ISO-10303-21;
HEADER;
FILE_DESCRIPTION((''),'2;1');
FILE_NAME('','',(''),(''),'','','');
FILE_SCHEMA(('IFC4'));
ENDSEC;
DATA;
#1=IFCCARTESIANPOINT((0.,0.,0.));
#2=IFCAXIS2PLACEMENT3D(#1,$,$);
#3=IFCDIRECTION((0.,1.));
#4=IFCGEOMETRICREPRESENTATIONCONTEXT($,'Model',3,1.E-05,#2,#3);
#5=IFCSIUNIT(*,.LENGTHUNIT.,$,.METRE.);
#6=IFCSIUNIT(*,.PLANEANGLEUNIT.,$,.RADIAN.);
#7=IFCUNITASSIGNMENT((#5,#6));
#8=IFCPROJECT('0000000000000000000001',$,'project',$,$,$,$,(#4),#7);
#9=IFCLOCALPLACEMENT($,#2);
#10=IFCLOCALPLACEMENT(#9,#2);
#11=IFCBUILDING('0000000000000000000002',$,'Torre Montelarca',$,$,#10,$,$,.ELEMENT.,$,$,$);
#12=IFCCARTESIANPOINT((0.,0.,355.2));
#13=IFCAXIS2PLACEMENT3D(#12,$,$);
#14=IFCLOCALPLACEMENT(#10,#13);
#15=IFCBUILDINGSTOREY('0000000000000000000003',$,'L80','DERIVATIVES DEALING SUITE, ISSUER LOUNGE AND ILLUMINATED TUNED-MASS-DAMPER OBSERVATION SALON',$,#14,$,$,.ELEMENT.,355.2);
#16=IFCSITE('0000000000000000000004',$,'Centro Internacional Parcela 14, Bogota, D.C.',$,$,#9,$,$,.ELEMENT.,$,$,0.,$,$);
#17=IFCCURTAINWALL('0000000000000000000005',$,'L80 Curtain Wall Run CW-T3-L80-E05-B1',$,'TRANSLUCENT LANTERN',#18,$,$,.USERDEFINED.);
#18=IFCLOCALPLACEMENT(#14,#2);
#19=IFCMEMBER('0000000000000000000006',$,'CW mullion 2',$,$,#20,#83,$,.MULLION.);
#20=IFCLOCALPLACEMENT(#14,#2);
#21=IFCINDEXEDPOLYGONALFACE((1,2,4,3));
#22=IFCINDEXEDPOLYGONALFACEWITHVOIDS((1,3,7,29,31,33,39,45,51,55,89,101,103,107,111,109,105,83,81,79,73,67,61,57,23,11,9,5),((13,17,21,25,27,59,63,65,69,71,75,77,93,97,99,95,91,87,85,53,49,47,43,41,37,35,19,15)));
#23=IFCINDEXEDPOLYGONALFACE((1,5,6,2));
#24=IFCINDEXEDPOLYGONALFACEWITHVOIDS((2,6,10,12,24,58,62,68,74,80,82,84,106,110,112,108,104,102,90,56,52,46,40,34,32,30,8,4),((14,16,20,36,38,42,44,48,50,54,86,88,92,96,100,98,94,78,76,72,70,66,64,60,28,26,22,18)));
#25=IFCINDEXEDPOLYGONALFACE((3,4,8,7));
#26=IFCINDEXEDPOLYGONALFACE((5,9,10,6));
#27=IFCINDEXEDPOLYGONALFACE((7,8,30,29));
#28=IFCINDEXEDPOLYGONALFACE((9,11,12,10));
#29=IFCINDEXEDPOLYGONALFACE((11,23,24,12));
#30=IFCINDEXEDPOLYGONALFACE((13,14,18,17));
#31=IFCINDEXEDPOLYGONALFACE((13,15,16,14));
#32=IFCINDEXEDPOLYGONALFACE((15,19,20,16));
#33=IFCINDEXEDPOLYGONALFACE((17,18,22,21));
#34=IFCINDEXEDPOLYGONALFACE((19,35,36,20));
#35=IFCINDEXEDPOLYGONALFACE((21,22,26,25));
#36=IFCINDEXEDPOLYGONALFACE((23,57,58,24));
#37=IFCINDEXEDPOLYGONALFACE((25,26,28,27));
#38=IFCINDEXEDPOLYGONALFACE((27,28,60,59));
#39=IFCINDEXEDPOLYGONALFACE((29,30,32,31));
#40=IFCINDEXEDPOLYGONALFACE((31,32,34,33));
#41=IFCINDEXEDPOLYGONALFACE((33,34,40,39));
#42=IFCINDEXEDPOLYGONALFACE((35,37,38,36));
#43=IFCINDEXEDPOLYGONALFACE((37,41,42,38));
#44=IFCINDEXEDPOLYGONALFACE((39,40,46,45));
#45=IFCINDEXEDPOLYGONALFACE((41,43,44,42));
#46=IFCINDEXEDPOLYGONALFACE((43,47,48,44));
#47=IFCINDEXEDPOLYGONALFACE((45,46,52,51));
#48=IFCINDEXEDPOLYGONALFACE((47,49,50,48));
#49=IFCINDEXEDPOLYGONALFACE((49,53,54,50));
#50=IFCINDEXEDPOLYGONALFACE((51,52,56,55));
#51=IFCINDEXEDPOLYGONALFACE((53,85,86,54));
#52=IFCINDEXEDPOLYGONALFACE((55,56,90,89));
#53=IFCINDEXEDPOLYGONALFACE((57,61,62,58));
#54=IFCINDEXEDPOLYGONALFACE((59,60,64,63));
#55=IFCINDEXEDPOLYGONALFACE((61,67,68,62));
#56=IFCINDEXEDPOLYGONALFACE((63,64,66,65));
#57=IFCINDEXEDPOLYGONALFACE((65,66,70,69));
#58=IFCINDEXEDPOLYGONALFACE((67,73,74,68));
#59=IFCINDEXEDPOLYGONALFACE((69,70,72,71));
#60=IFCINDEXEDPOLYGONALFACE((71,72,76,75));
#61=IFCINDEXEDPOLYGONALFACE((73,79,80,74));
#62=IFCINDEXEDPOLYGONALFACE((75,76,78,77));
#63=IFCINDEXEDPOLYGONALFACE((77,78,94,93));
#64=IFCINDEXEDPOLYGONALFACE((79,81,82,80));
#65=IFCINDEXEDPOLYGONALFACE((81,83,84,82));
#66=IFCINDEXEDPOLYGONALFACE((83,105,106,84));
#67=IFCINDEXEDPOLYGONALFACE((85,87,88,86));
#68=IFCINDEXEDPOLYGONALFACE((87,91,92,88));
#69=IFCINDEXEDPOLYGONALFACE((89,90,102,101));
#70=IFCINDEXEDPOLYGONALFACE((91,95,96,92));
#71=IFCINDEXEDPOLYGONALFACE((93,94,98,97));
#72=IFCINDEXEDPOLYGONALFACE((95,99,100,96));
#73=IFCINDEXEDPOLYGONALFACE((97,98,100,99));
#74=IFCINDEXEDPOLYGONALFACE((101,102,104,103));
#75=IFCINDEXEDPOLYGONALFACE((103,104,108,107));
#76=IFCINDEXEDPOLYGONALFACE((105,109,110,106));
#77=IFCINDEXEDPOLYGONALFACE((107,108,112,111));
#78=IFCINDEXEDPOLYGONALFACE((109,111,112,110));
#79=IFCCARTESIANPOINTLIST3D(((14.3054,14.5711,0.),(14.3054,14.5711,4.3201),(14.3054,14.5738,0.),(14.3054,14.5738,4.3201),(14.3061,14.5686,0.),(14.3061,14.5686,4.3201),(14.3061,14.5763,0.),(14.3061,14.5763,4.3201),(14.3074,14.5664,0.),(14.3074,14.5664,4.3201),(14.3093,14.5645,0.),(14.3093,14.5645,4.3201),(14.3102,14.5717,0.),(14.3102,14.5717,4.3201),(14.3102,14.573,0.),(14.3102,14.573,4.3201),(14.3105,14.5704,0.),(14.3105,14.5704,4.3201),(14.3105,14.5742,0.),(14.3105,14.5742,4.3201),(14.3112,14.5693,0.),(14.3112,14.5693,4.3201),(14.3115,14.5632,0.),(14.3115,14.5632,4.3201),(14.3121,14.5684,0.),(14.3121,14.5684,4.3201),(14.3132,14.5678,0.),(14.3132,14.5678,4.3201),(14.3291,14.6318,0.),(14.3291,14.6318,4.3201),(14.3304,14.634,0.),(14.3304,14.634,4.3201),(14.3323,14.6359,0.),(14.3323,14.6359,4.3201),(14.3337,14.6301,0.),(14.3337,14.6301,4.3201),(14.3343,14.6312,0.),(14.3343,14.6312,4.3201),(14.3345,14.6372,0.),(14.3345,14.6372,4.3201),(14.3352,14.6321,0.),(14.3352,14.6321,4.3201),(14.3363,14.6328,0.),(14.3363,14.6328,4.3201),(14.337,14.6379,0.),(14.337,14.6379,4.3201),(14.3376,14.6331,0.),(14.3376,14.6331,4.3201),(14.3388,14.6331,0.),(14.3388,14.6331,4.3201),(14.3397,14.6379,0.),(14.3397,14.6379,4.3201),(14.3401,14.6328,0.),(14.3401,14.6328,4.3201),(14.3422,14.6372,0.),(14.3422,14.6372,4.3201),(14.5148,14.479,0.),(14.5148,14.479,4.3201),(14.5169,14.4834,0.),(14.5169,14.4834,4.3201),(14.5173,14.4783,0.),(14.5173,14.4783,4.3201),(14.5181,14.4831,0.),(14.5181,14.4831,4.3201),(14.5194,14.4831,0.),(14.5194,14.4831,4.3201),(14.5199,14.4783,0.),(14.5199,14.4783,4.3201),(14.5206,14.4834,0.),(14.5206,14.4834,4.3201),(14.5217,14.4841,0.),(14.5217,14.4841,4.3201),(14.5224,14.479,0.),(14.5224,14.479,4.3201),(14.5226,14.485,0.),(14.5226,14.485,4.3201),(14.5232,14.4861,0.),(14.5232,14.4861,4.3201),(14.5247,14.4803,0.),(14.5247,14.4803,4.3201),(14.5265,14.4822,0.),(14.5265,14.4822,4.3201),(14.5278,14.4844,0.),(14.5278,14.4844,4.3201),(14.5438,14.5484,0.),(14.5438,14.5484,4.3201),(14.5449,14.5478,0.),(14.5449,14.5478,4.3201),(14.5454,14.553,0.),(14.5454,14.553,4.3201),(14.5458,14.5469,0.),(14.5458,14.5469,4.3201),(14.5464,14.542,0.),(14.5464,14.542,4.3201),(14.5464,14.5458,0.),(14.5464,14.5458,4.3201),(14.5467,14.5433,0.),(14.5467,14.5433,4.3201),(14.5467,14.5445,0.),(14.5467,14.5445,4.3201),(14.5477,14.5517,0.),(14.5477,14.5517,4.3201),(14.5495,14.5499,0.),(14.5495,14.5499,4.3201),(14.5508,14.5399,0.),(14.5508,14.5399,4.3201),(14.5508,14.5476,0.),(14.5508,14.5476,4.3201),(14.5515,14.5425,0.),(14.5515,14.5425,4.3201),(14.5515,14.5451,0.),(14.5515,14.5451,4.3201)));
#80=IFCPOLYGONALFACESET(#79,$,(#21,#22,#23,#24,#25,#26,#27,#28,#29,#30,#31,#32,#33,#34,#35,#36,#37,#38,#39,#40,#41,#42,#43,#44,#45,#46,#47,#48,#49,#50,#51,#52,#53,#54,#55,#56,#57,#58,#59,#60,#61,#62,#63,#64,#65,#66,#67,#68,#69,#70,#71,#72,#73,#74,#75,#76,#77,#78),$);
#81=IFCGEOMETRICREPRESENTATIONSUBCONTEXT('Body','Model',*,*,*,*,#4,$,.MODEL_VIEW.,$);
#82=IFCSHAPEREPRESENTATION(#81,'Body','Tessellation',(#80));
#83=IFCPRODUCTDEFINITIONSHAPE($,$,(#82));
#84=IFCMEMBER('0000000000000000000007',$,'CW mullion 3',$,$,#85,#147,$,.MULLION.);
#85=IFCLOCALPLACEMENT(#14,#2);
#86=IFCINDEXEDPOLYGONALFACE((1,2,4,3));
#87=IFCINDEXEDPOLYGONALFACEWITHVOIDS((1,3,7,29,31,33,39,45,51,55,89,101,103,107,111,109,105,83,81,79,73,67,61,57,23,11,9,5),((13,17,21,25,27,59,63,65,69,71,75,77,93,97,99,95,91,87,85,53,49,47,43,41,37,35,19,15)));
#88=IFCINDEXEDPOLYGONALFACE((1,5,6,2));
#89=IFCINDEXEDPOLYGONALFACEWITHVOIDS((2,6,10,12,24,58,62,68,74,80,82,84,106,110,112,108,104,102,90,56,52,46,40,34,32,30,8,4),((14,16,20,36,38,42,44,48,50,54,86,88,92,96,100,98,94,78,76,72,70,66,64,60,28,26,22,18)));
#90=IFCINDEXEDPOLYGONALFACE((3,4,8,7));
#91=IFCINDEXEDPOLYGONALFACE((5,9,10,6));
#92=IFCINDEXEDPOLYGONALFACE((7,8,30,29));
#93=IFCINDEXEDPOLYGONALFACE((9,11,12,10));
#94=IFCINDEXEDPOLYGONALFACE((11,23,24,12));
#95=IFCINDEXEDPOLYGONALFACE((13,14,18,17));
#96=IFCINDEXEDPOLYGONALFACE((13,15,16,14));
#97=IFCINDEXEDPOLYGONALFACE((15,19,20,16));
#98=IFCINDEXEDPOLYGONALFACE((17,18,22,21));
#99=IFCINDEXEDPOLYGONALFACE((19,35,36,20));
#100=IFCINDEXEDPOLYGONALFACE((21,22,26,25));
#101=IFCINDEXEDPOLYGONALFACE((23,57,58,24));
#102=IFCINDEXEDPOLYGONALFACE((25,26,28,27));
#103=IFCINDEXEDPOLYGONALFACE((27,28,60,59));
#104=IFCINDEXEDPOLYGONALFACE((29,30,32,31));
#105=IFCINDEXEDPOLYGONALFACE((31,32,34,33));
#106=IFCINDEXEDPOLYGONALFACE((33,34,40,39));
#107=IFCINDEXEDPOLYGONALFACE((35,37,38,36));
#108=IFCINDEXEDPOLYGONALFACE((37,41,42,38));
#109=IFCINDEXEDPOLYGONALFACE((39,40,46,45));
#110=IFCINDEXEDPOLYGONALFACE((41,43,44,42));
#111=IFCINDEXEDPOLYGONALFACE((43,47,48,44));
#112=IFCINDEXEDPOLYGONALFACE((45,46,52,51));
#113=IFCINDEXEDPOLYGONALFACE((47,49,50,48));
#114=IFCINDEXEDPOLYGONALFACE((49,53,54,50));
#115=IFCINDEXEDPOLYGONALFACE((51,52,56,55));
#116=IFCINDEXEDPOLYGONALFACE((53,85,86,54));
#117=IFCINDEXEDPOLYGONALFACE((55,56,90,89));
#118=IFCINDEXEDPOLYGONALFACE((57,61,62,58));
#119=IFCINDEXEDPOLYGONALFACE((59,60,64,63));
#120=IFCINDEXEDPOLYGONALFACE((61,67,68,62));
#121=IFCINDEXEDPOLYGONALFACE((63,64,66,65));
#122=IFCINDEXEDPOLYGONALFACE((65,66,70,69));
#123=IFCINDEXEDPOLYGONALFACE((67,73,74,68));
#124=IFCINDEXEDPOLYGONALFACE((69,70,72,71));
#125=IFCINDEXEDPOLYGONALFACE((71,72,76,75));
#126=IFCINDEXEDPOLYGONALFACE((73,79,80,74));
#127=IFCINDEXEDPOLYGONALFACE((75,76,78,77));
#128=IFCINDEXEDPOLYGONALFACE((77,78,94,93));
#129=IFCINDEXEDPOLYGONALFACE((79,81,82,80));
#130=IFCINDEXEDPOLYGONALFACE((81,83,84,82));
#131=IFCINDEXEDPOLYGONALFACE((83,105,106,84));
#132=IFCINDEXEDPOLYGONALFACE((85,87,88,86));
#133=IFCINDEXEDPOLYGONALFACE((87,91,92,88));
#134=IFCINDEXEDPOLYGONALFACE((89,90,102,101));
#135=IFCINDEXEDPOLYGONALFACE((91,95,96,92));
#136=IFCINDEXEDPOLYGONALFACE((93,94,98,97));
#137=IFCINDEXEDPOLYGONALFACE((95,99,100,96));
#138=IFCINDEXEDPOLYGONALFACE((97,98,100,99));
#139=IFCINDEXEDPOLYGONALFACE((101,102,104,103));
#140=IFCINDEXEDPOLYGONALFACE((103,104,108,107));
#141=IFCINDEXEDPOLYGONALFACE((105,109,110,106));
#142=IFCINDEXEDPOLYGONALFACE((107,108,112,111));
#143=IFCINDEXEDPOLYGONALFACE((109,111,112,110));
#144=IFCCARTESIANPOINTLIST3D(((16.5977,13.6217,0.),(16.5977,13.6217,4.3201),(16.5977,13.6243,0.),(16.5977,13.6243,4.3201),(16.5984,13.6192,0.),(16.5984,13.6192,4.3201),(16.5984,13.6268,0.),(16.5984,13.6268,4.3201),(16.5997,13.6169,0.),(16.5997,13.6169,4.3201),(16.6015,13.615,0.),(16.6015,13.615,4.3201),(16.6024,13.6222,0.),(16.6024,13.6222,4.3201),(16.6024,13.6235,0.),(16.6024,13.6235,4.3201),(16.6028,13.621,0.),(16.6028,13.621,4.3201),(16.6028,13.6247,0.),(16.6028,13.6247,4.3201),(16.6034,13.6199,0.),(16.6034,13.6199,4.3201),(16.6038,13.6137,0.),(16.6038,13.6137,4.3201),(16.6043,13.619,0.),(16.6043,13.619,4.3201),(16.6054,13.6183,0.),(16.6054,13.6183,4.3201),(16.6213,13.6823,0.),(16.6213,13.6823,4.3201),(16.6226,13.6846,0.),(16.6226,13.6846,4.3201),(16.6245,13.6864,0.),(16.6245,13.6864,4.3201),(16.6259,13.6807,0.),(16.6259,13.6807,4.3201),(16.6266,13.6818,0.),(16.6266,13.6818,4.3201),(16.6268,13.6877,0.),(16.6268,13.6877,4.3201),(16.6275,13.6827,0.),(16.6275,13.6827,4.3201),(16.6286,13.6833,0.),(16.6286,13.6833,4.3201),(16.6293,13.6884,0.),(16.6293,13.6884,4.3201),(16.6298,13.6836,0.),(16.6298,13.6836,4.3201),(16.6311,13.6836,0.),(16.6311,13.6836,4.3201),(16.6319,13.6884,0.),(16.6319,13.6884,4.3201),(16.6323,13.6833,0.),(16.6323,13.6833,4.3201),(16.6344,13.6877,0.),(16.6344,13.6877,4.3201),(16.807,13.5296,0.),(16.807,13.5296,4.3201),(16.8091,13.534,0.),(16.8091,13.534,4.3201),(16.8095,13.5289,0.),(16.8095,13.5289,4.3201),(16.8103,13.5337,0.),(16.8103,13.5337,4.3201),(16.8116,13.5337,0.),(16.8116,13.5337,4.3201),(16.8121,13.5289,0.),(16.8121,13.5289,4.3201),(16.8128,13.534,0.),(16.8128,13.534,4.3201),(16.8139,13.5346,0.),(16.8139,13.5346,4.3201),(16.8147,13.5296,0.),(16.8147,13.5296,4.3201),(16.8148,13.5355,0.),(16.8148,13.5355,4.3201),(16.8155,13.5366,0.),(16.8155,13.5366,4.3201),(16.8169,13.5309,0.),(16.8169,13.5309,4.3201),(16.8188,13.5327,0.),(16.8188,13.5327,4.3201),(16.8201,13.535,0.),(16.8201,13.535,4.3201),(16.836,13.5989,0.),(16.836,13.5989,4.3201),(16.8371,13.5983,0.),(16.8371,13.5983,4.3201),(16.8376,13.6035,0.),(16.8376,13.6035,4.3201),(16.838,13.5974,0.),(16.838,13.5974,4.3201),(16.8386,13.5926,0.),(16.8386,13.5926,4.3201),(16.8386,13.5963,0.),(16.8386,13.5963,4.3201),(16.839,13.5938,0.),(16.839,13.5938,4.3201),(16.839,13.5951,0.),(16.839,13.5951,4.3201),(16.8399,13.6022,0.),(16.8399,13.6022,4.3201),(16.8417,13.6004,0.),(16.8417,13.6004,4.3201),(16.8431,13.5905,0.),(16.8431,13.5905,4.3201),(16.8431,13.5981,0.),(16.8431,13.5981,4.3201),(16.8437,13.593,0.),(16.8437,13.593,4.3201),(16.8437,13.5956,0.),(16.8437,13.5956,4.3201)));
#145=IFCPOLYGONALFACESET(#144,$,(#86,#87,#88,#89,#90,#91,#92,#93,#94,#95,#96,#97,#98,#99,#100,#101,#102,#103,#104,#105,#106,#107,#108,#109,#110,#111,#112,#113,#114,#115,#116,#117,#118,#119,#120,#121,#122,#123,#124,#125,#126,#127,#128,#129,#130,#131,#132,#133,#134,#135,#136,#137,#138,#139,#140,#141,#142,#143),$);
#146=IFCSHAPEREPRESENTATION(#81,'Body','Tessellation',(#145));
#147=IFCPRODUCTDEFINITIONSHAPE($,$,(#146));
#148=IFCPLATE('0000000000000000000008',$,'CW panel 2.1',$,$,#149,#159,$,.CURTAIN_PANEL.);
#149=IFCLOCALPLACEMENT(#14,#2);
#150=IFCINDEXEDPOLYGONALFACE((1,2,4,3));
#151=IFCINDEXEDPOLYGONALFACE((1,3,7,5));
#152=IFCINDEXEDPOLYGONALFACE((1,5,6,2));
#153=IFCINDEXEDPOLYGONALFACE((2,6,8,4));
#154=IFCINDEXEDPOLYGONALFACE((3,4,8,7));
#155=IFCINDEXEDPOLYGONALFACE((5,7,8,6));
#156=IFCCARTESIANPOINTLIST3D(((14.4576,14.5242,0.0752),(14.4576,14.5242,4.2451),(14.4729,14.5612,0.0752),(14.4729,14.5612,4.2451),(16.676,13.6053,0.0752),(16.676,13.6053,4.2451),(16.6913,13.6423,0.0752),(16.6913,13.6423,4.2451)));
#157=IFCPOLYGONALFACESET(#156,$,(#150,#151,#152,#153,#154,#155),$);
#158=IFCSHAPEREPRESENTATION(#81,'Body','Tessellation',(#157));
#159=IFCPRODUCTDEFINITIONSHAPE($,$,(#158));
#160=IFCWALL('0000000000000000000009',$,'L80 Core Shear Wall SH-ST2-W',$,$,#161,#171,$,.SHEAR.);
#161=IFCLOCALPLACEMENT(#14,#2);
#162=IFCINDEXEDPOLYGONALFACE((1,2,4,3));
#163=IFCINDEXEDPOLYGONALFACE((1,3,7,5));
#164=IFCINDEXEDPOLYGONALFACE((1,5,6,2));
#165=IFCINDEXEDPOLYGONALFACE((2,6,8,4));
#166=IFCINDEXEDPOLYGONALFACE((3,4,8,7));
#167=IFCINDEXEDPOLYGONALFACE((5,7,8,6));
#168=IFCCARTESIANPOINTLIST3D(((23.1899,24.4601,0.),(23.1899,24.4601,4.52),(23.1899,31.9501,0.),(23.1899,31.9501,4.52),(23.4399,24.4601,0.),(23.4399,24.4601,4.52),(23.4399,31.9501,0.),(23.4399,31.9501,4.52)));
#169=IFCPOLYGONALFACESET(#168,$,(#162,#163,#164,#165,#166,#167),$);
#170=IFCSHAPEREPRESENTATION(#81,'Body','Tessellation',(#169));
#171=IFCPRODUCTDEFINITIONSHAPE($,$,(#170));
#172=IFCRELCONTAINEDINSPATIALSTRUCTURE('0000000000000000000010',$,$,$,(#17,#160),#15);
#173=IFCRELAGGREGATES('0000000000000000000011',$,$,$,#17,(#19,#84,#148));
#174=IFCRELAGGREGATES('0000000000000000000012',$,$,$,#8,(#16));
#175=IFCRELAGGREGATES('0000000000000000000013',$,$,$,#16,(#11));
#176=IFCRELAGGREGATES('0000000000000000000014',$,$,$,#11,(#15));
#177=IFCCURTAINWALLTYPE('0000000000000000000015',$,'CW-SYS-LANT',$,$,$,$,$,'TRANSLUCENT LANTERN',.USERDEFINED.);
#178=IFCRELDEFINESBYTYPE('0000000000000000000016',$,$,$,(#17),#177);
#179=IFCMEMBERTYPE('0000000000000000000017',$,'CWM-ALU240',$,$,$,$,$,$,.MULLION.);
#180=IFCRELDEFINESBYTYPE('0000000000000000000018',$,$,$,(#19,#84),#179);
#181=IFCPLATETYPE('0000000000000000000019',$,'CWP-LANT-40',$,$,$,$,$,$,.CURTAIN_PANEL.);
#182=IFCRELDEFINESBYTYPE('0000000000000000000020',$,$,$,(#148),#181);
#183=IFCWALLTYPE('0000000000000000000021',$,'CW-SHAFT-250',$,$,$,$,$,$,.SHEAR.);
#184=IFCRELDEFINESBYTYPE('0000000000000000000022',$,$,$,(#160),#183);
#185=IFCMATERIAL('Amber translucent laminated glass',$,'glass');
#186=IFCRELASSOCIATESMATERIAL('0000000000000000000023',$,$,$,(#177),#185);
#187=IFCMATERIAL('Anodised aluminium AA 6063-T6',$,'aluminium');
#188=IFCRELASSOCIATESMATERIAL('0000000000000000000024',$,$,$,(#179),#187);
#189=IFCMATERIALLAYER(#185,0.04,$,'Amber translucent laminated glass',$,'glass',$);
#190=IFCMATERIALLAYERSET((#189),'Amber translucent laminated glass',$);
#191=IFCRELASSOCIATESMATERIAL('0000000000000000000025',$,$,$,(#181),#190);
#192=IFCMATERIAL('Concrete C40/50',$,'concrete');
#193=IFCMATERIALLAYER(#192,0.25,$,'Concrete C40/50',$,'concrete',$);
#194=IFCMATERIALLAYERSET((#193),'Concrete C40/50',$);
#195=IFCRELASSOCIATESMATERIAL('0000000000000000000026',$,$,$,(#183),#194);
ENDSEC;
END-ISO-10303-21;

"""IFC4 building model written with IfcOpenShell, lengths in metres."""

from ifc_helpers import new_model, si_unit, direction, frame, frame_2d, origin, origin_2d, place, context, subcontext, project, spatial, rectangle, hollow_rectangle, extrude, source, transform, mapped, material, layer, layer_set, material_profile, profile_set, type_object, element, aggregate, save


model = new_model("IFC4")

# Units and contexts
model_context = context("Model", 3, precision=1e-05, world=origin(), true_north=direction((0.0, 1.0)))
body_context = subcontext(model_context, "Body", "Model", "MODEL_VIEW")
ifc_project = project(units=[si_unit("LENGTHUNIT", "METRE"), si_unit("PLANEANGLEUNIT", "RADIAN")], contexts=[model_context])

# Site, building, storey
site_placement = place(None, origin())
site = spatial("IfcSite", under=ifc_project, at=site_placement, Name="Centro Internacional Parcela 14, Bogota, D.C.", CompositionType="ELEMENT", RefElevation=0.0)
building_placement = place(site_placement, origin())
building = spatial("IfcBuilding", under=site, at=building_placement, Name="Torre Montelarca", CompositionType="ELEMENT")
storey_placement = place(building_placement, frame((0.0, 0.0, 355.2)))
storey = spatial("IfcBuildingStorey", under=building, at=storey_placement, Name="L80", Description="DERIVATIVES DEALING SUITE, ISSUER LOUNGE AND ILLUMINATED TUNED-MASS-DAMPER OBSERVATION SALON", CompositionType="ELEMENT", Elevation=355.2)

# Shared definitions
ifc_material_1 = material(Name="Concrete C40/50", Category="concrete")

# Curtain wall, members, plate
ifc_material_2 = material(Name="Amber translucent laminated glass", Category="glass")
curtain_wall_type = type_object("IfcCurtainWallType", Name="CW-SYS-LANT", ElementType="TRANSLUCENT LANTERN", PredefinedType="USERDEFINED", material=ifc_material_2)
curtain_wall_placement = place(storey_placement, origin())
curtain_wall = element("IfcCurtainWall", 1, at=curtain_wall_placement, inside=storey, type_object=curtain_wall_type, Name="L80 Curtain Wall Run CW-T3-L80-E05-B1", ObjectType="TRANSLUCENT LANTERN", PredefinedType="USERDEFINED")
ifc_material_3 = material(Name="Anodised aluminium AA 6063-T6", Category="aluminium")
ifc_material_profile_1 = material_profile(ifc_material_3, hollow_rectangle(XDim=0.0801, YDim=0.24, WallThickness=0.0049, InnerFilletRadius=0.0049, OuterFilletRadius=0.01, at=origin_2d()), Name="ALU80X240X5", Category="aluminium")
ifc_profile_set_1 = profile_set([ifc_material_profile_1], Name="Anodised aluminium AA 6063-T6")
member_type_1 = type_object("IfcMemberType", Name="CWM-ALU240", PredefinedType="MULLION", material=ifc_profile_set_1)
shared_shape_1 = source(origin(), body_context, "Body", "SweptSolid", [
    extrude(hollow_rectangle(XDim=0.0801, YDim=0.24, WallThickness=0.0049, InnerFilletRadius=0.0049, OuterFilletRadius=0.01, at=origin_2d()), origin(), (0.0, 0.0, 1.0), 4.3201),
])
member_1_placement = place(storey_placement, frame((14.4285, 14.5581, 0.0), z_axis=(0.0, 0.0, 1.0), x_axis=(0.382671, 0.923885, 0.0)))
member_1 = element("IfcMember", 2, at=member_1_placement, type_object=member_type_1, Name="CW mullion 2", PredefinedType="MULLION", context=body_context, shape_type="MappedRepresentation", body=[
    mapped(shared_shape_1, transform((0.0, 0.0, 0.0), scale=1.0)),
])
member_2_placement = place(storey_placement, frame((16.7207, 13.6086, 0.0), z_axis=(0.0, 0.0, 1.0), x_axis=(0.382671, 0.923885, 0.0)))
member_2 = element("IfcMember", 3, at=member_2_placement, type_object=member_type_1, Name="CW mullion 3", PredefinedType="MULLION", context=body_context, shape_type="MappedRepresentation", body=[
    mapped(shared_shape_1, transform((0.0, 0.0, 0.0), scale=1.0)),
])
ifc_layer_1 = layer(ifc_material_2, 0.04, Name="Amber translucent laminated glass", Category="glass")
ifc_layer_set_1 = layer_set([ifc_layer_1], Name="Amber translucent laminated glass")
plate_type = type_object("IfcPlateType", Name="CWP-LANT-40", PredefinedType="CURTAIN_PANEL", material=ifc_layer_set_1)
shared_shape_2 = source(origin(), body_context, "Body", "SweptSolid", [
    extrude(rectangle(XDim=2.4011, YDim=0.04, at=origin_2d()), origin(), (0.0, 0.0, 1.0), 4.1699),
])
plate_placement = place(storey_placement, frame((15.5745, 14.0833, 0.0752), z_axis=(0.0, 0.0, 1.0), x_axis=(0.923885, -0.382671, 0.0)))
plate = element("IfcPlate", 4, at=plate_placement, type_object=plate_type, Name="CW panel 2.1", PredefinedType="CURTAIN_PANEL", context=body_context, shape_type="MappedRepresentation", body=[
    mapped(shared_shape_2, transform((0.0, 0.0, 0.0), scale=1.0)),
])
aggregate(curtain_wall, [member_1, member_2, plate])

# Wall
ifc_layer_2 = layer(ifc_material_1, 0.25, Name="Concrete C40/50", Category="concrete")
ifc_layer_set_2 = layer_set([ifc_layer_2], Name="Concrete C40/50")
wall_type_1 = type_object("IfcWallType", Name="CW-SHAFT-250", PredefinedType="SHEAR", material=ifc_layer_set_2)
wall_1_placement = place(storey_placement, frame((23.3149, 24.46, 0.0), z_axis=(0.0, 0.0, 1.0), x_axis=(0.0, 1.0, 0.0)))
element("IfcWall", 5, at=wall_1_placement, inside=storey, type_object=wall_type_1, Name="L80 Core Shear Wall SH-ST2-W", PredefinedType="SHEAR", context=body_context, shape_type="SweptSolid", body=[
    extrude(rectangle(XDim=7.49, YDim=0.25, at=frame_2d((3.7451, 0.0))), origin(), (0.0, 0.0, 1.0), 4.52),
])

save(model, "model.ifc")
